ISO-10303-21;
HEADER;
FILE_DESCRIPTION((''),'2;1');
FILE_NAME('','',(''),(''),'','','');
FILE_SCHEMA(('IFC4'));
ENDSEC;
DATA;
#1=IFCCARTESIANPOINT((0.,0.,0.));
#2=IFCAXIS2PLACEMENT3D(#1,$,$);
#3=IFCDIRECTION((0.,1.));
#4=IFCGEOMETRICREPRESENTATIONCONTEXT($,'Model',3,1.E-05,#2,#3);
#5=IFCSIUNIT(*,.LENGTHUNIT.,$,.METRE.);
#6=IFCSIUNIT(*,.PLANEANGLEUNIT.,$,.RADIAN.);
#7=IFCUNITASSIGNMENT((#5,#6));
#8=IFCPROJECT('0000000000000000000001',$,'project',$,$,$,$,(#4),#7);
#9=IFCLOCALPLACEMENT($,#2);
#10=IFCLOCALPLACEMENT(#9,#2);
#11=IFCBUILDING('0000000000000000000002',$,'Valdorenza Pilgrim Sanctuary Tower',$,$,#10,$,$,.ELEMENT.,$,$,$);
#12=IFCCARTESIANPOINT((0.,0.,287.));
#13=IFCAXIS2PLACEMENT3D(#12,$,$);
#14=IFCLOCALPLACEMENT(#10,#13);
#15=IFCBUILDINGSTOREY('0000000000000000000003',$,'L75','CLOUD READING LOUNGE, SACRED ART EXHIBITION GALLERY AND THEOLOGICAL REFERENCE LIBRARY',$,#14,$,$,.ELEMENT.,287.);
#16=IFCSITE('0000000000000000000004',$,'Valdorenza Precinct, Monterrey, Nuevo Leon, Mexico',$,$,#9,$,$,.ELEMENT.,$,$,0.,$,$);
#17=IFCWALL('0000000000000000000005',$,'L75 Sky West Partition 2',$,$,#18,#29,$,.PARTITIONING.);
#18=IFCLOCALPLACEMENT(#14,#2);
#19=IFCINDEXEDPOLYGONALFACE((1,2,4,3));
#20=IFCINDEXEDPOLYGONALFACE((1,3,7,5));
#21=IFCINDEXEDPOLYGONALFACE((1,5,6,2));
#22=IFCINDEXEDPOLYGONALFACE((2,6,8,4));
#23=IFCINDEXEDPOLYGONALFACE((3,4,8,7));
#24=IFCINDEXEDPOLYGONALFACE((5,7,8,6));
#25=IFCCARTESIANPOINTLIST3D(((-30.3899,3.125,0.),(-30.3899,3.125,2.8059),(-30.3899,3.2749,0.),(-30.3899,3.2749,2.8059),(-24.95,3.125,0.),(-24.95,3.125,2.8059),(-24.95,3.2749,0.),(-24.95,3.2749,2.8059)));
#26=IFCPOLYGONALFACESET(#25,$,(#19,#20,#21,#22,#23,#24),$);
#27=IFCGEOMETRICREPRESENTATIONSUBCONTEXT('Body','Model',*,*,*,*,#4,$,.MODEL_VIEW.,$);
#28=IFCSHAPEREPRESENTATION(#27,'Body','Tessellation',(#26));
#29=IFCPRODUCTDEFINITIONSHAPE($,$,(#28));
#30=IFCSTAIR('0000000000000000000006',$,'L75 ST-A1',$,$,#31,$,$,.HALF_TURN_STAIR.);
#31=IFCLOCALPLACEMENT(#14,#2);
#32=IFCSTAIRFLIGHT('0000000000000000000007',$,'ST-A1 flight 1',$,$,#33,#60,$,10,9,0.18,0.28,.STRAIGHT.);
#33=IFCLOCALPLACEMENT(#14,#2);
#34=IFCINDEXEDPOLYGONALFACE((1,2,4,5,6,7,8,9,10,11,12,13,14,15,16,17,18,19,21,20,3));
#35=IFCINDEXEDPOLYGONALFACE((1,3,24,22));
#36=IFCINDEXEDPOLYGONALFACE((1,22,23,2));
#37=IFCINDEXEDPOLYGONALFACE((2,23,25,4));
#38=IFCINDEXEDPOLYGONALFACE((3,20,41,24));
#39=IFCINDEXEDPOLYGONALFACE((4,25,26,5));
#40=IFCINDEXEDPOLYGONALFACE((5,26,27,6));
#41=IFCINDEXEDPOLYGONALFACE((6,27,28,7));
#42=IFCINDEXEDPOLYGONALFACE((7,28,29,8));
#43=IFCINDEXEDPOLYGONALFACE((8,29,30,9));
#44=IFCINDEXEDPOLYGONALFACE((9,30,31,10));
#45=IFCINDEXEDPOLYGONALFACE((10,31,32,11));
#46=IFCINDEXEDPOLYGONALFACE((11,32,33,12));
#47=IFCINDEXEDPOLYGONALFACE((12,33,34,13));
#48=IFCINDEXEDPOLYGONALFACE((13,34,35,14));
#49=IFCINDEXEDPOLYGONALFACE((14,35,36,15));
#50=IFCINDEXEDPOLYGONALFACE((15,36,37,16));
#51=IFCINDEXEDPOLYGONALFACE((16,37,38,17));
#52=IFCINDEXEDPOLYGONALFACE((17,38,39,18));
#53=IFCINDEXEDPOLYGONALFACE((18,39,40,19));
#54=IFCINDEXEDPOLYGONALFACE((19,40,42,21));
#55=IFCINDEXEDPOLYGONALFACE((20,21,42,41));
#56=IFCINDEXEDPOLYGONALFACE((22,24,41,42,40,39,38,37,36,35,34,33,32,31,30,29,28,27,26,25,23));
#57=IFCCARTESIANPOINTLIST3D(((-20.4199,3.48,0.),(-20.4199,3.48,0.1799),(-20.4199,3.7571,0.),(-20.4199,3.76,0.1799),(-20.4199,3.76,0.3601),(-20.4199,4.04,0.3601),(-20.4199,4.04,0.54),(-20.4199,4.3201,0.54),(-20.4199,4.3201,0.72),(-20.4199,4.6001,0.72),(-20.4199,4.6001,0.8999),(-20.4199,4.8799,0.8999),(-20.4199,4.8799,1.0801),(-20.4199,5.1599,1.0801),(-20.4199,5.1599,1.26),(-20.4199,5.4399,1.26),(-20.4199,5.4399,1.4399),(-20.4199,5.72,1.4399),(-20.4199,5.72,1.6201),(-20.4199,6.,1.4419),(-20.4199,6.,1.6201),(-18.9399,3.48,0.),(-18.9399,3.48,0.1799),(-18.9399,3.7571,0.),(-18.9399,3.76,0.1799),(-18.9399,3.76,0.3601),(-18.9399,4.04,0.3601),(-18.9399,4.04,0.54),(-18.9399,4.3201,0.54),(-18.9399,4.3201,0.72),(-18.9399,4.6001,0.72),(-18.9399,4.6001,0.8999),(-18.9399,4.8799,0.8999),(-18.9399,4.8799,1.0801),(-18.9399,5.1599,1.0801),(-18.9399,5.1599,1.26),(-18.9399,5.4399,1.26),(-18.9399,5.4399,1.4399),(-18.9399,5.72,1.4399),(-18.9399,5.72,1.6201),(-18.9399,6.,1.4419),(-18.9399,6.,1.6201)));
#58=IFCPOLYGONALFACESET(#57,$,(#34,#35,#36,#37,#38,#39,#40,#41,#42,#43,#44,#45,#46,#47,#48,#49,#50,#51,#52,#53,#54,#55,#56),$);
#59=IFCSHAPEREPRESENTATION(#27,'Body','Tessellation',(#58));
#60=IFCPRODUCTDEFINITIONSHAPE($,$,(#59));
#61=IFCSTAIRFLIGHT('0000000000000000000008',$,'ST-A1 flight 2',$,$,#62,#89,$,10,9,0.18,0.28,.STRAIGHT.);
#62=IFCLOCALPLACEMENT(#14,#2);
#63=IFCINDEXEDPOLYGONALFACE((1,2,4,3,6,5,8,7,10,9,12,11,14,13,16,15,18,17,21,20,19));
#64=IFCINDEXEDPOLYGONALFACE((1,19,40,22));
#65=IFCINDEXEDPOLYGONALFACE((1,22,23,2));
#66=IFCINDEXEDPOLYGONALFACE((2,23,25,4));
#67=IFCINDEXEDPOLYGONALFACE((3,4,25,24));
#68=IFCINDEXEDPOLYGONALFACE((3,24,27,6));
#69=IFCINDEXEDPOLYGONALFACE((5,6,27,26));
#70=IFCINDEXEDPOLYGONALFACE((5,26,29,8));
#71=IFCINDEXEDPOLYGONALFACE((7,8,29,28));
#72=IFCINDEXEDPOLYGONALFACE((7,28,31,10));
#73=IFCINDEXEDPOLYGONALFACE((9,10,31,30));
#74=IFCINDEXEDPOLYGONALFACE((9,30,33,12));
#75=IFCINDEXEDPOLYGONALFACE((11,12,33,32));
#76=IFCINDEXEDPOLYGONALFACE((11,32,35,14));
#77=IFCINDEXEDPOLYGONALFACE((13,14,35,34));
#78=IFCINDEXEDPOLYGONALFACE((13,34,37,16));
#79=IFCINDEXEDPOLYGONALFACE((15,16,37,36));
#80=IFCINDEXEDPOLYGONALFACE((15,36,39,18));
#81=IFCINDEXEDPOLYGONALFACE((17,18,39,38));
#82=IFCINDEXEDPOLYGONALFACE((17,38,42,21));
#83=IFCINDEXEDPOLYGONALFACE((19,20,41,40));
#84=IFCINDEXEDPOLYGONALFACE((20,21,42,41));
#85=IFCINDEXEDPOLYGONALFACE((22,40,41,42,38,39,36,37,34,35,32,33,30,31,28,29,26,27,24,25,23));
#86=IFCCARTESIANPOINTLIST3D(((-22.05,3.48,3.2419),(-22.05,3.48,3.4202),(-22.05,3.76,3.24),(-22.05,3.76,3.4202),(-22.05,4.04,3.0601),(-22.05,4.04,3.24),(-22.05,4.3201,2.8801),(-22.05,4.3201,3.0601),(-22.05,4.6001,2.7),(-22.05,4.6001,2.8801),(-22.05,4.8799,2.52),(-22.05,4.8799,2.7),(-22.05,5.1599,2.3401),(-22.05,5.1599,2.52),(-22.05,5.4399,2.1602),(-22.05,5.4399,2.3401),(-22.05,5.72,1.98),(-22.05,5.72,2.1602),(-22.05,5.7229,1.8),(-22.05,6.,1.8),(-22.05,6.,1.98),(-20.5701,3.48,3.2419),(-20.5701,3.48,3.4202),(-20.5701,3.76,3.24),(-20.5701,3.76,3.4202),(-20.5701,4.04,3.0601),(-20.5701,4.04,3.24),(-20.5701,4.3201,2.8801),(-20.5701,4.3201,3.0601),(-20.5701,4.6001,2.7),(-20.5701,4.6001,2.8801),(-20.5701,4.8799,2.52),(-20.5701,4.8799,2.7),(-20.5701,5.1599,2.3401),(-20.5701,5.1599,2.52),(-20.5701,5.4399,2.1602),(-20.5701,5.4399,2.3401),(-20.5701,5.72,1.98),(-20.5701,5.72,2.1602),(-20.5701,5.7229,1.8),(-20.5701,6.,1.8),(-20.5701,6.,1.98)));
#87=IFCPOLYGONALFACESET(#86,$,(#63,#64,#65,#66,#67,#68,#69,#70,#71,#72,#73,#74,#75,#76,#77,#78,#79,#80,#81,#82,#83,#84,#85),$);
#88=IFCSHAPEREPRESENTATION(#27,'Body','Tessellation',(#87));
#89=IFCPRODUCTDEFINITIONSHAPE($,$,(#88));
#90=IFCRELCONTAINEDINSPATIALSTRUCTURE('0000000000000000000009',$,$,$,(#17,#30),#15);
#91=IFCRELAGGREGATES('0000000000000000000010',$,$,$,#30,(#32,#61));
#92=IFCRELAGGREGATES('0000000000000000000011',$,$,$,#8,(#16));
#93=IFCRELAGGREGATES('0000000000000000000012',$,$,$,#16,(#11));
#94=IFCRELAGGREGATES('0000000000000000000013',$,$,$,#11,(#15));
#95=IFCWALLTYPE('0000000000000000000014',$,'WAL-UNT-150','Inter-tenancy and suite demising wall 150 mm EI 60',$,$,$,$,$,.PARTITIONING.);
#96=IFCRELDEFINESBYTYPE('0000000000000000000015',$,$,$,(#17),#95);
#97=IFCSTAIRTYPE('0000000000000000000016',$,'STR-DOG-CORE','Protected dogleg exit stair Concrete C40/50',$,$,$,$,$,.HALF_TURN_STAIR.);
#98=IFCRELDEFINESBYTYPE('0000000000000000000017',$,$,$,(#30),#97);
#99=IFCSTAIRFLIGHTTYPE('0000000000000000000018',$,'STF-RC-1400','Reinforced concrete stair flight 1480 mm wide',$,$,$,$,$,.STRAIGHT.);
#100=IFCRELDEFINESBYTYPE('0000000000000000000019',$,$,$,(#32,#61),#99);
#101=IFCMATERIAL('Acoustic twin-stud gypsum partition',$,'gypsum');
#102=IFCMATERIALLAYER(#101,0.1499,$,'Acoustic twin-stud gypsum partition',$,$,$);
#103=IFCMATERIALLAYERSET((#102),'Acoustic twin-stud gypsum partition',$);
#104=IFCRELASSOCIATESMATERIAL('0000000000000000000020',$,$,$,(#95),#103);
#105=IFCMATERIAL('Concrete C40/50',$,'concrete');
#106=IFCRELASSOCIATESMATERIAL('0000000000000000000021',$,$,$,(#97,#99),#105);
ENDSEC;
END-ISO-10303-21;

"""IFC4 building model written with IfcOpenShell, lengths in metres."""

from ifc_helpers import new_model, si_unit, direction, frame, frame_2d, origin, place, context, subcontext, project, spatial, polyline, rectangle, outline, extrude, material, layer, layer_set, type_object, element, aggregate, save


model = new_model("IFC4")

# Units and contexts
model_context = context("Model", 3, precision=1e-05, world=origin(), true_north=direction((0.0, 1.0)))
body_context = subcontext(model_context, "Body", "Model", "MODEL_VIEW")
ifc_project = project(units=[si_unit("LENGTHUNIT", "METRE"), si_unit("PLANEANGLEUNIT", "RADIAN")], contexts=[model_context])

# Site, building, storey
site_placement = place(None, origin())
site = spatial("IfcSite", under=ifc_project, at=site_placement, Name="Valdorenza Precinct, Monterrey, Nuevo Leon, Mexico", CompositionType="ELEMENT", RefElevation=0.0)
building_placement = place(site_placement, origin())
building = spatial("IfcBuilding", under=site, at=building_placement, Name="Valdorenza Pilgrim Sanctuary Tower", CompositionType="ELEMENT")
storey_placement = place(building_placement, frame((0.0, 0.0, 287.0)))
storey = spatial("IfcBuildingStorey", under=building, at=storey_placement, Name="L75", Description="CLOUD READING LOUNGE, SACRED ART EXHIBITION GALLERY AND THEOLOGICAL REFERENCE LIBRARY", CompositionType="ELEMENT", Elevation=287.0)

# Shared definitions
ifc_material_1 = material(Name="Acoustic twin-stud gypsum partition", Category="gypsum")

# Shared definitions
ifc_material_2 = material(Name="Concrete C40/50", Category="concrete")

# Wall
ifc_layer_1 = layer(ifc_material_1, 0.1499, Name="Acoustic twin-stud gypsum partition")
ifc_layer_set_1 = layer_set([ifc_layer_1], Name="Acoustic twin-stud gypsum partition")
wall_type_1 = type_object("IfcWallType", Name="WAL-UNT-150", Description="Inter-tenancy and suite demising wall 150 mm EI 60", PredefinedType="PARTITIONING", material=ifc_layer_set_1)
wall_1_placement = place(storey_placement, frame((-30.3899, 3.2, 0.0), z_axis=(0.0, 0.0, 1.0), x_axis=(1.0, 0.0, 0.0)))
element("IfcWall", 1, at=wall_1_placement, inside=storey, type_object=wall_type_1, Name="L75 Sky West Partition 2", PredefinedType="PARTITIONING", context=body_context, shape_type="SweptSolid", body=[
    extrude(rectangle(XDim=5.4399, YDim=0.1499, at=frame_2d((2.72, 0.0))), origin(), (0.0, 0.0, 1.0), 2.8059),
])

# Stair, stair flights
stair_type = type_object("IfcStairType", Name="STR-DOG-CORE", Description="Protected dogleg exit stair Concrete C40/50", PredefinedType="HALF_TURN_STAIR", material=ifc_material_2)
stair_placement = place(storey_placement, origin())
stair = element("IfcStair", 2, at=stair_placement, inside=storey, type_object=stair_type, Name="L75 ST-A1", PredefinedType="HALF_TURN_STAIR")
stair_flight_type = type_object("IfcStairFlightType", Name="STF-RC-1400", Description="Reinforced concrete stair flight 1480 mm wide", PredefinedType="STRAIGHT", material=ifc_material_2)
stair_flight_1_placement = place(storey_placement, frame((-19.6799, 3.48, 0.0), z_axis=(0.0, 0.0, 1.0), x_axis=(0.0, 1.0, 0.0)))
stair_flight_1 = element("IfcStairFlight", 3, at=stair_flight_1_placement, type_object=stair_flight_type, Name="ST-A1 flight 1", NumberOfRisers=10, NumberOfTreads=9, PredefinedType="STRAIGHT", RiserHeight=0.18, TreadLength=0.28, context=body_context, shape_type="SweptSolid", body=[
    extrude(outline(polyline([(0.0, 0.0), (0.0, 0.1799), (0.28, 0.1799), (0.28, 0.3601), (0.5601, 0.3601), (0.5601, 0.54), (0.8401, 0.54), (0.8401, 0.72), (1.1201, 0.72), (1.1201, 0.8999), (1.3999, 0.8999), (1.3999, 1.0801), (1.6799, 1.0801), (1.6799, 1.26), (1.96, 1.26), (1.96, 1.4399), (2.24, 1.4399), (2.24, 1.6201), (2.52, 1.6201), (2.52, 1.8), (2.52, 1.4419), (0.2771, 0.0), (0.0, 0.0)])), frame((0.0, 0.74, 0.0), z_axis=(0.0, -1.0, 0.0), x_axis=(1.0, 0.0, 0.0)), (0.0, 0.0, 1.0), 1.48),
])
stair_flight_2_placement = place(storey_placement, frame((-21.3101, 6.0, 1.8), z_axis=(0.0, 0.0, 1.0), x_axis=(0.0, -1.0, 0.0)))
stair_flight_2 = element("IfcStairFlight", 4, at=stair_flight_2_placement, type_object=stair_flight_type, Name="ST-A1 flight 2", NumberOfRisers=10, NumberOfTreads=9, PredefinedType="STRAIGHT", RiserHeight=0.18, TreadLength=0.28, context=body_context, shape_type="SweptSolid", body=[
    extrude(outline(polyline([(0.0, 0.0), (0.0, 0.1799), (0.28, 0.1799), (0.28, 0.3601), (0.5601, 0.3601), (0.5601, 0.54), (0.8401, 0.54), (0.8401, 0.72), (1.1201, 0.72), (1.1201, 0.8999), (1.3999, 0.8999), (1.3999, 1.0801), (1.6799, 1.0801), (1.6799, 1.26), (1.96, 1.26), (1.96, 1.4399), (2.24, 1.4399), (2.24, 1.6201), (2.52, 1.6201), (2.52, 1.8), (2.52, 1.4419), (0.2771, 0.0), (0.0, 0.0)])), frame((0.0, 0.74, 0.0), z_axis=(0.0, -1.0, 0.0), x_axis=(1.0, 0.0, 0.0)), (0.0, 0.0, 1.0), 1.48),
])
aggregate(stair, [stair_flight_1, stair_flight_2])

save(model, "model.ifc")
